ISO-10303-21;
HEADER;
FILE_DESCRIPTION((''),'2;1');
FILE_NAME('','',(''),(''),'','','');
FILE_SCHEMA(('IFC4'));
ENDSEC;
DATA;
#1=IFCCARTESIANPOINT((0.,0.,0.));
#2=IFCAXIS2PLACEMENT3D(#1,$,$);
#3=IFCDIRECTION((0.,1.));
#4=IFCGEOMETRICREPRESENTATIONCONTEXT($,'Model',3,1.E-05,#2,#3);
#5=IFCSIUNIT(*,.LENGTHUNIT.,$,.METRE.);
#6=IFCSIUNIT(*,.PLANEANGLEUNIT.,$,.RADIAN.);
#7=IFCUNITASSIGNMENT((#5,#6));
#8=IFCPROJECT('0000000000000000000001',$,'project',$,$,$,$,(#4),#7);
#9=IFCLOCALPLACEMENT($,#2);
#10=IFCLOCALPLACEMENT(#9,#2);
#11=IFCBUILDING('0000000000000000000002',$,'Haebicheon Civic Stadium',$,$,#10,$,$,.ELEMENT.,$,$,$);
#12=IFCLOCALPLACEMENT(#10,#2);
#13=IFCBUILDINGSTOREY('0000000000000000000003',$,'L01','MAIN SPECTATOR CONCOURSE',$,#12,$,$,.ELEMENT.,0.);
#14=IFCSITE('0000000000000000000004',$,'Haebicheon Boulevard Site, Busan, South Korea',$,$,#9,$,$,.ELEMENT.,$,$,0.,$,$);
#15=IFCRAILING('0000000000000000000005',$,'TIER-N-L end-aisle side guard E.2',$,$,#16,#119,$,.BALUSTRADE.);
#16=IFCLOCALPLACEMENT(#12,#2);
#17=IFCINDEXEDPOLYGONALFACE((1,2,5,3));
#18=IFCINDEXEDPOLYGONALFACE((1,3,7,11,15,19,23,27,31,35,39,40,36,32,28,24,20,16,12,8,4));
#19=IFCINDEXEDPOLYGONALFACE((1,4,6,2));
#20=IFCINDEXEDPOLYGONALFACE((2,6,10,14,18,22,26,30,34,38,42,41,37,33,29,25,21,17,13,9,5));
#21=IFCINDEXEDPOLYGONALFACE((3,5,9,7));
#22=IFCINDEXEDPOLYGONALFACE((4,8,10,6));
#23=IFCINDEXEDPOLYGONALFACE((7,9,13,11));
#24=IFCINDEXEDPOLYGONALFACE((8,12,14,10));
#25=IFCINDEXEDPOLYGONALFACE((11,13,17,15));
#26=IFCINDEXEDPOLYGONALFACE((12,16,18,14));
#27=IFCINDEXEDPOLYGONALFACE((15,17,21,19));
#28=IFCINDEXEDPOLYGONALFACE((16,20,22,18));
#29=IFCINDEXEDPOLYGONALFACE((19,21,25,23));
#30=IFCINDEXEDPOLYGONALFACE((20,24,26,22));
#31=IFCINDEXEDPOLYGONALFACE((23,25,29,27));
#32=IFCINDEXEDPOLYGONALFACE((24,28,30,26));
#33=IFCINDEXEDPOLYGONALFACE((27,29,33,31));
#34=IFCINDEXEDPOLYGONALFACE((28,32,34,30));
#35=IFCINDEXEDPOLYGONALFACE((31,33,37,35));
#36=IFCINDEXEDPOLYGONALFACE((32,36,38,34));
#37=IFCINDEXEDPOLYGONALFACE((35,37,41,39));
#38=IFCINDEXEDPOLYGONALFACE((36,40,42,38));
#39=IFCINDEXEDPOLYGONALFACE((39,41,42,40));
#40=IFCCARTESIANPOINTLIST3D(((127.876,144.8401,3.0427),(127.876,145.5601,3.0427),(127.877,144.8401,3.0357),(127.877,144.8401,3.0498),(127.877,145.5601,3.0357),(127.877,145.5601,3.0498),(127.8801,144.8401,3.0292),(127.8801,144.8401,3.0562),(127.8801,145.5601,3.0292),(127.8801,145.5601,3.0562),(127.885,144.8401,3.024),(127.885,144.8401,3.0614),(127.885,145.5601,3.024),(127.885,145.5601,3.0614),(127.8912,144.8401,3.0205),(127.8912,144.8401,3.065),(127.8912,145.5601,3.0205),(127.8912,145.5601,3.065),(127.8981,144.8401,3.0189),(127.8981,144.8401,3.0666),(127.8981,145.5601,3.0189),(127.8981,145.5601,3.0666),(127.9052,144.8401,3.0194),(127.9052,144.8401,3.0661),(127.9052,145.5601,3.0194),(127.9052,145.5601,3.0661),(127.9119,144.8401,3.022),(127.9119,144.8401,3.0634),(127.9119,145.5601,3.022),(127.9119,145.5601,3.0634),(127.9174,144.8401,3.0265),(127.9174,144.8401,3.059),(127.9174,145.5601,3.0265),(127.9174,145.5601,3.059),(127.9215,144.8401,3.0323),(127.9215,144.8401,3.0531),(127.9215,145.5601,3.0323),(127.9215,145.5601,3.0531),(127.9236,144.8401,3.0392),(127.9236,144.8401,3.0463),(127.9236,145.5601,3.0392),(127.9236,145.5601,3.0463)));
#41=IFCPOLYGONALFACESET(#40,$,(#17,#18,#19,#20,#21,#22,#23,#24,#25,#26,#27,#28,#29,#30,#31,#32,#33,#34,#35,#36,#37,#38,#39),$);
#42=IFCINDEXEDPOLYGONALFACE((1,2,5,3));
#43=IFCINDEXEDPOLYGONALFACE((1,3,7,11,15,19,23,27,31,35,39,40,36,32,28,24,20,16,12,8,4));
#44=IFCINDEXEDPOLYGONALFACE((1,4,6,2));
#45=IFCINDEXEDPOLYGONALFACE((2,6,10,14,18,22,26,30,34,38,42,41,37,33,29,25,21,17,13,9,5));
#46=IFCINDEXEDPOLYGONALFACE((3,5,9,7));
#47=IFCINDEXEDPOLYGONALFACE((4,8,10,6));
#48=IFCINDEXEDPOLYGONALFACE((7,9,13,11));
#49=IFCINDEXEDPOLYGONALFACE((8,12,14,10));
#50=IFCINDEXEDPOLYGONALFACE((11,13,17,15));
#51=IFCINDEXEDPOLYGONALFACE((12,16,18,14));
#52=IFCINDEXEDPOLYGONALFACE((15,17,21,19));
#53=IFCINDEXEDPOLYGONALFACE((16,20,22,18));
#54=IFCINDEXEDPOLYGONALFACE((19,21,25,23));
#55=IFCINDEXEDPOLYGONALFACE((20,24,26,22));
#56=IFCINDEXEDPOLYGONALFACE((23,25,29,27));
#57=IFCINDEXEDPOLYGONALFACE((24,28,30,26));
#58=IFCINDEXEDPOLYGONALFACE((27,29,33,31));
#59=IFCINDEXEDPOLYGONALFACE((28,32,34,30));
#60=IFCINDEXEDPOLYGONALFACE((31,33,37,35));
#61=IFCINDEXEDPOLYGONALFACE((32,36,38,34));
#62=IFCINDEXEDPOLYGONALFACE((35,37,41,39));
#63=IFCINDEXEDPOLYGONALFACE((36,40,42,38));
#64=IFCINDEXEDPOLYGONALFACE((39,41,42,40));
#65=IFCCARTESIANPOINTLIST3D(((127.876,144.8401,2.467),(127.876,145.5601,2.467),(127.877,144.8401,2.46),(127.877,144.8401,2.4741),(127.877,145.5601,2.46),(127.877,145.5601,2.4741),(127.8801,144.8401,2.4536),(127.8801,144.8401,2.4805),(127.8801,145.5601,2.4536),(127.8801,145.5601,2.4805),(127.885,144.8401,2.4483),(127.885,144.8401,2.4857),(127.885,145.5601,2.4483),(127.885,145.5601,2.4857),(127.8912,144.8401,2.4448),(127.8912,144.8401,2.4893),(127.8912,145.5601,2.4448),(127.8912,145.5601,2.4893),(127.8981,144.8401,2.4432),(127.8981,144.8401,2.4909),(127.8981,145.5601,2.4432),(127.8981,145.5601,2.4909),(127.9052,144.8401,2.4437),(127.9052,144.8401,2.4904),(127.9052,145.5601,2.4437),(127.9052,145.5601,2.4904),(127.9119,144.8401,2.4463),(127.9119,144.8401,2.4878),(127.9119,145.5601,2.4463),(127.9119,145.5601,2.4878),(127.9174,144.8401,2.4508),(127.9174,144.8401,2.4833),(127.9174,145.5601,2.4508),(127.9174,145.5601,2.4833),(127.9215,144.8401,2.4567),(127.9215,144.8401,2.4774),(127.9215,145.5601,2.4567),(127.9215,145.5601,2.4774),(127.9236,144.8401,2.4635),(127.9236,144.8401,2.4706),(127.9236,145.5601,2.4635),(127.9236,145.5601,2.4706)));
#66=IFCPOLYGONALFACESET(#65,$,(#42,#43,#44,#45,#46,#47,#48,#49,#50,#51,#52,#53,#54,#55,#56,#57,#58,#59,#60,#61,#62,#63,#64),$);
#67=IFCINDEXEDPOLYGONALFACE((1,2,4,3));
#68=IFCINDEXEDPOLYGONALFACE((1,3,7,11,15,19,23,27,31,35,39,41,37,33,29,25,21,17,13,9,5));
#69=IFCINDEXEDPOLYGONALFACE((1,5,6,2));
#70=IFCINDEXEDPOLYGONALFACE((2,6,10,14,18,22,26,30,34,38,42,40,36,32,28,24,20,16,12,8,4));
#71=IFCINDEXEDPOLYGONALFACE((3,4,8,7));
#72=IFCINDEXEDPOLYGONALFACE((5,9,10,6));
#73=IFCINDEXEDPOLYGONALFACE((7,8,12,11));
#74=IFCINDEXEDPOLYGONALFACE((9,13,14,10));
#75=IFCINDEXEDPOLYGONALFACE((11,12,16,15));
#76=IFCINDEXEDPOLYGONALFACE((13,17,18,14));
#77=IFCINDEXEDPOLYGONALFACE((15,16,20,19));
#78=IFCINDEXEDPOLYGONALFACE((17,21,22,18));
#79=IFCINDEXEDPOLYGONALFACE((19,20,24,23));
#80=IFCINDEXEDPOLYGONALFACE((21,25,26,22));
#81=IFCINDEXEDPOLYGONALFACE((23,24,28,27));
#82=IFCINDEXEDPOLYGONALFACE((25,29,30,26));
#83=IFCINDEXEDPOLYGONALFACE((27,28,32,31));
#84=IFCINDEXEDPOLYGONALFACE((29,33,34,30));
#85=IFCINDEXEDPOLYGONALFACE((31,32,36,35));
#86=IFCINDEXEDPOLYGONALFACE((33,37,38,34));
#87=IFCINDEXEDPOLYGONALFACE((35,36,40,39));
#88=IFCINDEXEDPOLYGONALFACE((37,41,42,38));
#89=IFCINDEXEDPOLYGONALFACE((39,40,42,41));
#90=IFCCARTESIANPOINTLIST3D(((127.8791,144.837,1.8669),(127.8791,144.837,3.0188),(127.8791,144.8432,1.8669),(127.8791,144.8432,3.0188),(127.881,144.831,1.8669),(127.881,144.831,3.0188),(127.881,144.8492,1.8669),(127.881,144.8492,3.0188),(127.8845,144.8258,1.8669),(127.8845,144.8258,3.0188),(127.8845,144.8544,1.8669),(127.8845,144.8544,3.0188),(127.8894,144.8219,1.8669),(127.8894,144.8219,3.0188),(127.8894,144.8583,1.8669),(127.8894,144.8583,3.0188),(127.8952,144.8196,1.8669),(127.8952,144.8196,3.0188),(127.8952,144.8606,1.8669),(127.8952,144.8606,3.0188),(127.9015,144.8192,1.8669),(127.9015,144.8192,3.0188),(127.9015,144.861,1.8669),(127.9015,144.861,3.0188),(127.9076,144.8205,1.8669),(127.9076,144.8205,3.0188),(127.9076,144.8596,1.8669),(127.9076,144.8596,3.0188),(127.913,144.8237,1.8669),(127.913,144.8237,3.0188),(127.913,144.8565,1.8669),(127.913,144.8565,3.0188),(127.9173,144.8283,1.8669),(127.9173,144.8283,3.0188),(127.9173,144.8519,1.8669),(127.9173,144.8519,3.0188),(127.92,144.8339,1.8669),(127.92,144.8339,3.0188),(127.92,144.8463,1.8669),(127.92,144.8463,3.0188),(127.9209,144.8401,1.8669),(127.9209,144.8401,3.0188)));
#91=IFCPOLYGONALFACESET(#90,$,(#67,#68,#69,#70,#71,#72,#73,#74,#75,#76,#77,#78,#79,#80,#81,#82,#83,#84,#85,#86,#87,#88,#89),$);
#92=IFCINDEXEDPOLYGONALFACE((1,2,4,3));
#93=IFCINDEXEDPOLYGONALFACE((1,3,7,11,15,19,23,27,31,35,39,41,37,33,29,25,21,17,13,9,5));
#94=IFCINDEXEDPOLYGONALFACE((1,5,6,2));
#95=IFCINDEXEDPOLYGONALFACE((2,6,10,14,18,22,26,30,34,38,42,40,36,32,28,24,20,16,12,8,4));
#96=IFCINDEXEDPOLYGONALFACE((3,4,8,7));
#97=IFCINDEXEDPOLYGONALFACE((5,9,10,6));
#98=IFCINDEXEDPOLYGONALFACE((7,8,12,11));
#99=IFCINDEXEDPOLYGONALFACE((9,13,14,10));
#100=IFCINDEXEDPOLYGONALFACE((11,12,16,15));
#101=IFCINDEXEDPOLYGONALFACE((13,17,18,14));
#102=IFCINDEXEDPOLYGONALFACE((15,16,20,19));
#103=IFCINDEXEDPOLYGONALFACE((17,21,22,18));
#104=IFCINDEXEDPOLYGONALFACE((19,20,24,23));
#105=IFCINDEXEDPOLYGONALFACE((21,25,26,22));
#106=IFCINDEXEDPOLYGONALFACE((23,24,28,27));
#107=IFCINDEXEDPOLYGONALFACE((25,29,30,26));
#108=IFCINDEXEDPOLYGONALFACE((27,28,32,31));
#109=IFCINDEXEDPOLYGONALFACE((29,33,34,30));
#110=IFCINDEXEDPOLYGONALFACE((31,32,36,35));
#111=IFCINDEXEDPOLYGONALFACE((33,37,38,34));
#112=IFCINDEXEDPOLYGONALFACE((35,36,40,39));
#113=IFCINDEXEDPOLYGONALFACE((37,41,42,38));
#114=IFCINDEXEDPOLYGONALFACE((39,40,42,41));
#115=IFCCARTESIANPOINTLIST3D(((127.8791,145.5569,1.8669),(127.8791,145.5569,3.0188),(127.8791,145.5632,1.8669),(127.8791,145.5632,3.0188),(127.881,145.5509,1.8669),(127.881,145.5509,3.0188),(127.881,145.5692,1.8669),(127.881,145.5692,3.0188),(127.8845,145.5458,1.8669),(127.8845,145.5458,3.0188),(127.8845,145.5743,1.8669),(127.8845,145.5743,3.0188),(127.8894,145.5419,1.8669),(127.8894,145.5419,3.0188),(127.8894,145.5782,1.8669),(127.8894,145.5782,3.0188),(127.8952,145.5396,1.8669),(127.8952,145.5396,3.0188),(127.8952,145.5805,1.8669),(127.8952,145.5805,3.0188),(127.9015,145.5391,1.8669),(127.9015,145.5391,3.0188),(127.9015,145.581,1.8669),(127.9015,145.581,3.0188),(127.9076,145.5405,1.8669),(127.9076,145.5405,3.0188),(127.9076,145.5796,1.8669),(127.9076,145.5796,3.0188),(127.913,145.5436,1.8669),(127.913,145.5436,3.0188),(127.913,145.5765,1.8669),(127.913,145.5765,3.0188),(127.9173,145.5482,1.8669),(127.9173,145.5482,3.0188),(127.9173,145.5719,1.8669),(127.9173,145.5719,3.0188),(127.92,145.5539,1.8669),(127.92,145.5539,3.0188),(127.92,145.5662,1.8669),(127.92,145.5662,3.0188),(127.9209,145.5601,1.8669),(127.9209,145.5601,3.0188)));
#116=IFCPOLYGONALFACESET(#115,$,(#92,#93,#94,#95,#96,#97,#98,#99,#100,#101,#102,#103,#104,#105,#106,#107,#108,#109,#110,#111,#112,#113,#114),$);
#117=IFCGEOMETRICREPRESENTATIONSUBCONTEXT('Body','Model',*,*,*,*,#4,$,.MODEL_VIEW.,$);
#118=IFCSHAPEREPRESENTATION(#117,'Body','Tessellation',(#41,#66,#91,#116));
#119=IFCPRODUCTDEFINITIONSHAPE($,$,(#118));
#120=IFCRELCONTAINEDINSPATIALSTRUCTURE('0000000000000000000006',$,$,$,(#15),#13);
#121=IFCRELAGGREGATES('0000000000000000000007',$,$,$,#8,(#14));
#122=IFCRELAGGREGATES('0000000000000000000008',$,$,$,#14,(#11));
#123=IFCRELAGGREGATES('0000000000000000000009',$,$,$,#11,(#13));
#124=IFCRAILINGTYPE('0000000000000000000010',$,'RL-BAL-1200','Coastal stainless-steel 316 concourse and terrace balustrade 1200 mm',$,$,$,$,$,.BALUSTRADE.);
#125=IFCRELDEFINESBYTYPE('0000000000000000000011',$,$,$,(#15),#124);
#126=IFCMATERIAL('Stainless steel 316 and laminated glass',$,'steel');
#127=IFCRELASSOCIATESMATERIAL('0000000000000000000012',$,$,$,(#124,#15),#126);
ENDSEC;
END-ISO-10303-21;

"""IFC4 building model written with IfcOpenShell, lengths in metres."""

from ifc_helpers import new_model, si_unit, direction, frame, origin, origin_2d, place, context, subcontext, project, spatial, circle, extrude, material, type_object, element, save


model = new_model("IFC4")

# Units and contexts
model_context = context("Model", 3, precision=1e-05, world=origin(), true_north=direction((0.0, 1.0)))
body_context = subcontext(model_context, "Body", "Model", "MODEL_VIEW")
ifc_project = project(units=[si_unit("LENGTHUNIT", "METRE"), si_unit("PLANEANGLEUNIT", "RADIAN")], contexts=[model_context])

# Site, building, storey
site_placement = place(None, origin())
site = spatial("IfcSite", under=ifc_project, at=site_placement, Name="Haebicheon Boulevard Site, Busan, South Korea", CompositionType="ELEMENT", RefElevation=0.0)
building_placement = place(site_placement, origin())
building = spatial("IfcBuilding", under=site, at=building_placement, Name="Haebicheon Civic Stadium", CompositionType="ELEMENT")
storey_placement = place(building_placement, origin())
storey = spatial("IfcBuildingStorey", under=building, at=storey_placement, Name="L01", Description="MAIN SPECTATOR CONCOURSE", CompositionType="ELEMENT", Elevation=0.0)

# Railing
ifc_material_1 = material(Name="Stainless steel 316 and laminated glass", Category="steel")
railing_type = type_object("IfcRailingType", Name="RL-BAL-1200", Description="Coastal stainless-steel 316 concourse and terrace balustrade 1200 mm", PredefinedType="BALUSTRADE", material=ifc_material_1)
railing_1_placement = place(storey_placement, frame((127.8999, 144.8401, 1.8669)))
element("IfcRailing", 1, at=railing_1_placement, inside=storey, type_object=railing_type, material=ifc_material_1, Name="TIER-N-L end-aisle side guard E.2", PredefinedType="BALUSTRADE", context=body_context, shape_type="SweptSolid", body=[
    extrude(circle(Radius=0.0239, at=origin_2d()), frame((0.0, 0.0, 1.1758), z_axis=(0.0, 1.0, 0.0), x_axis=(-1.0, 0.0, 0.0)), (0.0, 0.0, 1.0), 0.72),
    extrude(circle(Radius=0.0239, at=origin_2d()), frame((0.0, 0.0, 0.6001), z_axis=(0.0, 1.0, 0.0), x_axis=(-1.0, 0.0, 0.0)), (0.0, 0.0, 1.0), 0.72),
    extrude(circle(Radius=0.021, at=origin_2d()), origin(), (0.0, 0.0, 1.0), 1.1519),
    extrude(circle(Radius=0.021, at=origin_2d()), frame((0.0, 0.72, 0.0)), (0.0, 0.0, 1.0), 1.1519),
])

save(model, "model.ifc")
